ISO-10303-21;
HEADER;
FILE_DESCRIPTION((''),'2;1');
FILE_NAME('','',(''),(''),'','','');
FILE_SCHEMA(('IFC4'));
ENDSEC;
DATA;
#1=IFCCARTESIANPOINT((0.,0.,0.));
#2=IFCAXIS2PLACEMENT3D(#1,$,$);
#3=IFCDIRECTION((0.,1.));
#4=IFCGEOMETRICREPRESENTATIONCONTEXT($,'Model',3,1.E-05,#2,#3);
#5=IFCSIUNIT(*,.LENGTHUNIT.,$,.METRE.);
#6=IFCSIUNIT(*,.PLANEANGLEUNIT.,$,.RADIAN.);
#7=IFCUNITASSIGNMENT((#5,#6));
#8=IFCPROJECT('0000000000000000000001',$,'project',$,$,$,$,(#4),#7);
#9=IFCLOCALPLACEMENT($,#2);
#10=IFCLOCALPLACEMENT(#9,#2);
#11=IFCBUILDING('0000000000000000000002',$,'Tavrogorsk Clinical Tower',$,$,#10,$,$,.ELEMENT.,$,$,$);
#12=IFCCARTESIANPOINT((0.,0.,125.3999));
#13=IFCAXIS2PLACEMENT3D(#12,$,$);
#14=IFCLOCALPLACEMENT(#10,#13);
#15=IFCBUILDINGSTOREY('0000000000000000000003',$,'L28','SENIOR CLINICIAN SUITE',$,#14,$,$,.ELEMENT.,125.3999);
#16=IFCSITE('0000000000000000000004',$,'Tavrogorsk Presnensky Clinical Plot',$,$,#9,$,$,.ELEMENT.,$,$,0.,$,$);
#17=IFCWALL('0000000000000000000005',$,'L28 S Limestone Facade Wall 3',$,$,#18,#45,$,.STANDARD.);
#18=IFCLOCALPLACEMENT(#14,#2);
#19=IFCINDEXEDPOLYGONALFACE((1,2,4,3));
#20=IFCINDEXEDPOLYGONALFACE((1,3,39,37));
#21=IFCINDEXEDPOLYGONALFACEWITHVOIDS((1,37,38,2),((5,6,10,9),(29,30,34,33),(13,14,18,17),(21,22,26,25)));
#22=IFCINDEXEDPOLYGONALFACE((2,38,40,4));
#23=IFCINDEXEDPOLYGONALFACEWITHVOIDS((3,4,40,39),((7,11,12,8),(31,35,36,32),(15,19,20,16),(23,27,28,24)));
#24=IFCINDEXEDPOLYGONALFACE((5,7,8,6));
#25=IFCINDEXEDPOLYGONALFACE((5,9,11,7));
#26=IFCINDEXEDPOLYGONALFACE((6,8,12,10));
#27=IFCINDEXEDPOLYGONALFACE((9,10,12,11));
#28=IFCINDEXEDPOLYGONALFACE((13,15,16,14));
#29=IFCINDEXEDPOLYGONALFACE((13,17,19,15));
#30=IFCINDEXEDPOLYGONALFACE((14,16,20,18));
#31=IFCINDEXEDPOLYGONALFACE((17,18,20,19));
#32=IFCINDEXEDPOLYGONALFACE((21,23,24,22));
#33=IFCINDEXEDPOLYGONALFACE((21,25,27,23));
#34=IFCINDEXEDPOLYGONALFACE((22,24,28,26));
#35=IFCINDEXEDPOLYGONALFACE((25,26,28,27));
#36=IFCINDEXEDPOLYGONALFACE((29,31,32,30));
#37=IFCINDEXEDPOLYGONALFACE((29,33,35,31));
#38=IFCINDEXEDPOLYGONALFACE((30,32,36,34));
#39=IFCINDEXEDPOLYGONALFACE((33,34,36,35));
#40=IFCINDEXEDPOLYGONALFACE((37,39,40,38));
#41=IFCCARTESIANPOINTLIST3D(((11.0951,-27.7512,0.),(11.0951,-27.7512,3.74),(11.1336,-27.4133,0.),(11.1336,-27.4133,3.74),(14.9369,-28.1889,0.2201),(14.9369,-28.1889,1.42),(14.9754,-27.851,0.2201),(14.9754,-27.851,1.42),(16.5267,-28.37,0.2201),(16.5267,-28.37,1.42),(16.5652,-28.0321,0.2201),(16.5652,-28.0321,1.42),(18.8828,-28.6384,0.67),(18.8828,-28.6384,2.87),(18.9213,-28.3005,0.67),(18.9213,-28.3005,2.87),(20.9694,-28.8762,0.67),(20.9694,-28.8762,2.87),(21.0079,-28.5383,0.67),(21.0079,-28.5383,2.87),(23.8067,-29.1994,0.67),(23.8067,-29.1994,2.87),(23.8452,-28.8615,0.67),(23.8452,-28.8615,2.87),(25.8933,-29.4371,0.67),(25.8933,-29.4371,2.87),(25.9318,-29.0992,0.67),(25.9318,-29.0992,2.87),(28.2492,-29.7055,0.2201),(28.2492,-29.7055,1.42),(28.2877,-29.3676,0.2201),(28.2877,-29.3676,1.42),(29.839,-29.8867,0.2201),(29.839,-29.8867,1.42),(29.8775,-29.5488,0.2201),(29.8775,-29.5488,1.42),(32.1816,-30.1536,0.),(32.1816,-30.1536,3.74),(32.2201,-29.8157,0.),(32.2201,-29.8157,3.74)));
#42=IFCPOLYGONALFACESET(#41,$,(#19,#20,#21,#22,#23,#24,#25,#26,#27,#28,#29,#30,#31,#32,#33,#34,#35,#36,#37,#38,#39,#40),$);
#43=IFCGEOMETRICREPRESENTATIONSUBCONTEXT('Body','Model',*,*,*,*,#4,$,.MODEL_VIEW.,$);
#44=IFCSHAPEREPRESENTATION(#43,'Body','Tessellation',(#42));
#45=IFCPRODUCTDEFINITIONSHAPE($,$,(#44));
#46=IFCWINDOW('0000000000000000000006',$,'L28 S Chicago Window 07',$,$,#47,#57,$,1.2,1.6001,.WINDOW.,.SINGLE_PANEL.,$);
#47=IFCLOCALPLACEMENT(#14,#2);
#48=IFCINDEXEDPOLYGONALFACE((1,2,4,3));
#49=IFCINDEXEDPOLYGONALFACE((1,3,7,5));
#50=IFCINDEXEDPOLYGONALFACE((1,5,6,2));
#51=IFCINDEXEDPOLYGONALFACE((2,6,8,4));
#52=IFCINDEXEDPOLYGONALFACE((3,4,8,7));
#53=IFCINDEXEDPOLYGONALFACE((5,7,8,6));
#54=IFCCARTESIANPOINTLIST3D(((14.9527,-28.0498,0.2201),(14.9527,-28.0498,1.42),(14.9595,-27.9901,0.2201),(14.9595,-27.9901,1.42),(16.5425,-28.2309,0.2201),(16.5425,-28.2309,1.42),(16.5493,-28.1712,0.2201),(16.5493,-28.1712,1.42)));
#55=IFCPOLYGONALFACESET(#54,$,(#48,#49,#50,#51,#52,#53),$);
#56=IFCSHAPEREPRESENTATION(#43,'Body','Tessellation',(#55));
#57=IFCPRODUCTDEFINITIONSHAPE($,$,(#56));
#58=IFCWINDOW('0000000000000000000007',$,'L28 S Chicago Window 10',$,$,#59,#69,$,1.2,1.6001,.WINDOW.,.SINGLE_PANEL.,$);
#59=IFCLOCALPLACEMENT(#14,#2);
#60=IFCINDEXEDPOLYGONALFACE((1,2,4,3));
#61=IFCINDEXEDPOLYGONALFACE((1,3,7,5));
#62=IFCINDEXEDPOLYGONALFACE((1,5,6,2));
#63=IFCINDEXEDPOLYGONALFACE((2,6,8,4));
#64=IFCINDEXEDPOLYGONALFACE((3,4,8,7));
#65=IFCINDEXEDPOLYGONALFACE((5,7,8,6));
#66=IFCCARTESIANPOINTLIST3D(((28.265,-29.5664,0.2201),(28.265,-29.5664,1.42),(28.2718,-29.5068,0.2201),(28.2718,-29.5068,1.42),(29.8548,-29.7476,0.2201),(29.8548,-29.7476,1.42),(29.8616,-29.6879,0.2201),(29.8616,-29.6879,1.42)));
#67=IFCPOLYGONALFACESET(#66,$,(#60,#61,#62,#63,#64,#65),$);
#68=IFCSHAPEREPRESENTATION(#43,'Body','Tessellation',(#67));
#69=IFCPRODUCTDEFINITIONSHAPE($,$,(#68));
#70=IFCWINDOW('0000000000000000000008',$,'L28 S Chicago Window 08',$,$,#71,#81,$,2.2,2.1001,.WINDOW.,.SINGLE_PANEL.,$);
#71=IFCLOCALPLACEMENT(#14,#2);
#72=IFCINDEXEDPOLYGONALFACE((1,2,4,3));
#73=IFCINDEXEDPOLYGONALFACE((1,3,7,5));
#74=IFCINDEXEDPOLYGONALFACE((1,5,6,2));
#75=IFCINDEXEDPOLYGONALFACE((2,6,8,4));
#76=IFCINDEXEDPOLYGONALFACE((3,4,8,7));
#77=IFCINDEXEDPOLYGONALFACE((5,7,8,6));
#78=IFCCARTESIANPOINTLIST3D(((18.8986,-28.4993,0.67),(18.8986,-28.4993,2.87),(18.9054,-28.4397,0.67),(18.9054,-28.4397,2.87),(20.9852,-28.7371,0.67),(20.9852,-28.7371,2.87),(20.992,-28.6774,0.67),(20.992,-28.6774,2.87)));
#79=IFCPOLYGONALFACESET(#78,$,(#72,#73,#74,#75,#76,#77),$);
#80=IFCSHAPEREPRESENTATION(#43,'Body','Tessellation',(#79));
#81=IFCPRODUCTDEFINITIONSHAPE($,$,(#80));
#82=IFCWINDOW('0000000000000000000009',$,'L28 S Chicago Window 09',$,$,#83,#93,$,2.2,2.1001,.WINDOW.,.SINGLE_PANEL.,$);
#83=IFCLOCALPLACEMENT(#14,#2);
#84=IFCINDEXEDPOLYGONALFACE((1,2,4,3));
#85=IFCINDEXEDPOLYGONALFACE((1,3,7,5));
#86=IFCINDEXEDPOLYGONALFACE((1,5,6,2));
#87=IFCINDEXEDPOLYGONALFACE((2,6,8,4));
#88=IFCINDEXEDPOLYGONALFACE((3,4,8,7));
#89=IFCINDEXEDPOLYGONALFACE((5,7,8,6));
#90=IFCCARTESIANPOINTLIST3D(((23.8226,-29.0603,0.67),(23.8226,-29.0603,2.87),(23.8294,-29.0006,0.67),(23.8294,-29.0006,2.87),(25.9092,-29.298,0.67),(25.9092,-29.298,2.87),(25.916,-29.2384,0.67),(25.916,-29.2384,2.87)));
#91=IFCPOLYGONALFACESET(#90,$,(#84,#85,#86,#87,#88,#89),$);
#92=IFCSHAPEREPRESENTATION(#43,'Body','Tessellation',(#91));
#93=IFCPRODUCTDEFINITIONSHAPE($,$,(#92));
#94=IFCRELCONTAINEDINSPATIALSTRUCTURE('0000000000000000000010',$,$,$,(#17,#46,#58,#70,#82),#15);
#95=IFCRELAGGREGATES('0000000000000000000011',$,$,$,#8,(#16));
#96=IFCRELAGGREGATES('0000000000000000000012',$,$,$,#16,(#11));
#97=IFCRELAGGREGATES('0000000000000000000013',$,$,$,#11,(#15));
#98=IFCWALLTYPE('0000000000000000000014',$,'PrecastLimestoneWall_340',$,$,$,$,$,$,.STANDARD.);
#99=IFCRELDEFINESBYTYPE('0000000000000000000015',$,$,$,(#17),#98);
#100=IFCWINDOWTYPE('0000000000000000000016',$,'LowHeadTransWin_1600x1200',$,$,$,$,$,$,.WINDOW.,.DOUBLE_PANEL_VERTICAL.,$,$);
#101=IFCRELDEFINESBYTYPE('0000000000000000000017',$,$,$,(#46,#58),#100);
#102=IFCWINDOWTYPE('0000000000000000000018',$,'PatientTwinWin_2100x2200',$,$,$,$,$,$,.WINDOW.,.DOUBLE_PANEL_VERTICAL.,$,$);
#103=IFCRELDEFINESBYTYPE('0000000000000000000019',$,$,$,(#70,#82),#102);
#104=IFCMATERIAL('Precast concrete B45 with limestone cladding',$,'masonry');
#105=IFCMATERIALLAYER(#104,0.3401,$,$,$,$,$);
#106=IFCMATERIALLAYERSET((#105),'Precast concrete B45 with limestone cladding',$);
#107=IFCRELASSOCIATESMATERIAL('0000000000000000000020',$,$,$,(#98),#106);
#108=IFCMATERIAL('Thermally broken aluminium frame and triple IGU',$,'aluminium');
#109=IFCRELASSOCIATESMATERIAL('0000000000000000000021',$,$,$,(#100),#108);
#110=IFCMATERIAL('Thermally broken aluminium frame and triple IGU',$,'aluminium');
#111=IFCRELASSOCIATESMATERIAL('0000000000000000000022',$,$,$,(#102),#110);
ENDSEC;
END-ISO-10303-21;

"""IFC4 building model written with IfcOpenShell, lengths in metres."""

from ifc_helpers import new_model, si_unit, direction, frame, frame_2d, origin, place, context, subcontext, project, spatial, rectangle, extrude, material, layer, layer_set, type_object, element, fill, save


model = new_model("IFC4")

# Units and contexts
model_context = context("Model", 3, precision=1e-05, world=origin(), true_north=direction((0.0, 1.0)))
body_context = subcontext(model_context, "Body", "Model", "MODEL_VIEW")
ifc_project = project(units=[si_unit("LENGTHUNIT", "METRE"), si_unit("PLANEANGLEUNIT", "RADIAN")], contexts=[model_context])

# Site, building, storey
site_placement = place(None, origin())
site = spatial("IfcSite", under=ifc_project, at=site_placement, Name="Tavrogorsk Presnensky Clinical Plot", CompositionType="ELEMENT", RefElevation=0.0)
building_placement = place(site_placement, origin())
building = spatial("IfcBuilding", under=site, at=building_placement, Name="Tavrogorsk Clinical Tower", CompositionType="ELEMENT")
storey_placement = place(building_placement, frame((0.0, 0.0, 125.3999)))
storey = spatial("IfcBuildingStorey", under=building, at=storey_placement, Name="L28", Description="SENIOR CLINICIAN SUITE", CompositionType="ELEMENT", Elevation=125.3999)

# Wall, openings, windows
ifc_material_1 = material(Name="Precast concrete B45 with limestone cladding", Category="masonry")
ifc_layer_1 = layer(ifc_material_1, 0.3401)
ifc_layer_set_1 = layer_set([ifc_layer_1], Name="Precast concrete B45 with limestone cladding")
wall_type_1 = type_object("IfcWallType", Name="PrecastLimestoneWall_340", PredefinedType="STANDARD", material=ifc_layer_set_1)
wall_1_placement = place(storey_placement, frame((11.1145, -27.5823, 0.0), z_axis=(0.0, 0.0, 1.0), x_axis=(0.993573, -0.113196, 0.0)))
wall_1 = element("IfcWall", 1, at=wall_1_placement, inside=storey, type_object=wall_type_1, Name="L28 S Limestone Facade Wall 3", PredefinedType="STANDARD", context=body_context, shape_type="SweptSolid", body=[
    extrude(rectangle(XDim=21.2229, YDim=0.3401, at=frame_2d((10.6113, 0.0))), origin(), (0.0, 0.0, 1.0), 3.74),
])
opening_1_placement = place(wall_1_placement, frame((3.8665, 0.0, 0.22)))
opening_1 = element("IfcOpeningElement", 2, at=opening_1_placement, cuts=wall_1, PredefinedType="OPENING", context=body_context, shape_type="SweptSolid", body=[
    extrude(rectangle(XDim=1.6001, YDim=1.2, at=frame_2d((0.8, 0.6001))), frame((0.0, 0.1799, 0.0), z_axis=(0.0, -1.0, 0.0), x_axis=(1.0, 0.0, 0.0)), (0.0, 0.0, 1.0), 0.3601),
])
opening_2_placement = place(wall_1_placement, frame((7.8379, 0.0, 0.6699)))
opening_2 = element("IfcOpeningElement", 3, at=opening_2_placement, cuts=wall_1, PredefinedType="OPENING", context=body_context, shape_type="SweptSolid", body=[
    extrude(rectangle(XDim=2.1001, YDim=2.2, at=frame_2d((1.05, 1.1001))), frame((0.0, 0.1799, 0.0), z_axis=(0.0, -1.0, 0.0), x_axis=(1.0, 0.0, 0.0)), (0.0, 0.0, 1.0), 0.3601),
])
opening_3_placement = place(wall_1_placement, frame((12.7937, 0.0, 0.6699)))
opening_3 = element("IfcOpeningElement", 4, at=opening_3_placement, cuts=wall_1, PredefinedType="OPENING", context=body_context, shape_type="SweptSolid", body=[
    extrude(rectangle(XDim=2.1001, YDim=2.2, at=frame_2d((1.05, 1.1001))), frame((0.0, 0.1799, 0.0), z_axis=(0.0, -1.0, 0.0), x_axis=(1.0, 0.0, 0.0)), (0.0, 0.0, 1.0), 0.3601),
])
opening_4_placement = place(wall_1_placement, frame((17.2649, 0.0, 0.22)))
opening_4 = element("IfcOpeningElement", 5, at=opening_4_placement, cuts=wall_1, PredefinedType="OPENING", context=body_context, shape_type="SweptSolid", body=[
    extrude(rectangle(XDim=1.6001, YDim=1.2, at=frame_2d((0.8, 0.6001))), frame((0.0, 0.1799, 0.0), z_axis=(0.0, -1.0, 0.0), x_axis=(1.0, 0.0, 0.0)), (0.0, 0.0, 1.0), 0.3601),
])
ifc_material_2 = material(Name="Thermally broken aluminium frame and triple IGU", Category="aluminium")
window_type_1 = type_object("IfcWindowType", Name="LowHeadTransWin_1600x1200", PartitioningType="DOUBLE_PANEL_VERTICAL", PredefinedType="WINDOW", material=ifc_material_2)
window_1_placement = place(opening_1_placement, origin())
window_1 = element("IfcWindow", 6, at=window_1_placement, inside=storey, type_object=window_type_1, Name="L28 S Chicago Window 07", OverallHeight=1.2, OverallWidth=1.6001, PartitioningType="SINGLE_PANEL", PredefinedType="WINDOW", context=body_context, shape_type="SweptSolid", body=[
    extrude(rectangle(XDim=1.6001, YDim=1.2, at=frame_2d((0.8, 0.6001))), frame((0.0, 0.03, 0.0), z_axis=(0.0, -1.0, 0.0), x_axis=(1.0, 0.0, 0.0)), (0.0, 0.0, 1.0), 0.0601),
])
fill(opening_1, window_1)
window_2_placement = place(opening_4_placement, origin())
window_2 = element("IfcWindow", 7, at=window_2_placement, inside=storey, type_object=window_type_1, Name="L28 S Chicago Window 10", OverallHeight=1.2, OverallWidth=1.6001, PartitioningType="SINGLE_PANEL", PredefinedType="WINDOW", context=body_context, shape_type="SweptSolid", body=[
    extrude(rectangle(XDim=1.6001, YDim=1.2, at=frame_2d((0.8, 0.6001))), frame((0.0, 0.03, 0.0), z_axis=(0.0, -1.0, 0.0), x_axis=(1.0, 0.0, 0.0)), (0.0, 0.0, 1.0), 0.0601),
])
fill(opening_4, window_2)
ifc_material_3 = material(Name="Thermally broken aluminium frame and triple IGU", Category="aluminium")
window_type_2 = type_object("IfcWindowType", Name="PatientTwinWin_2100x2200", PartitioningType="DOUBLE_PANEL_VERTICAL", PredefinedType="WINDOW", material=ifc_material_3)
window_3_placement = place(opening_2_placement, origin())
window_3 = element("IfcWindow", 8, at=window_3_placement, inside=storey, type_object=window_type_2, Name="L28 S Chicago Window 08", OverallHeight=2.2, OverallWidth=2.1001, PartitioningType="SINGLE_PANEL", PredefinedType="WINDOW", context=body_context, shape_type="SweptSolid", body=[
    extrude(rectangle(XDim=2.1001, YDim=2.2, at=frame_2d((1.05, 1.1001))), frame((0.0, 0.03, 0.0), z_axis=(0.0, -1.0, 0.0), x_axis=(1.0, 0.0, 0.0)), (0.0, 0.0, 1.0), 0.0601),
])
fill(opening_2, window_3)
window_4_placement = place(opening_3_placement, origin())
window_4 = element("IfcWindow", 9, at=window_4_placement, inside=storey, type_object=window_type_2, Name="L28 S Chicago Window 09", OverallHeight=2.2, OverallWidth=2.1001, PartitioningType="SINGLE_PANEL", PredefinedType="WINDOW", context=body_context, shape_type="SweptSolid", body=[
    extrude(rectangle(XDim=2.1001, YDim=2.2, at=frame_2d((1.05, 1.1001))), frame((0.0, 0.03, 0.0), z_axis=(0.0, -1.0, 0.0), x_axis=(1.0, 0.0, 0.0)), (0.0, 0.0, 1.0), 0.0601),
])
fill(opening_3, window_4)

save(model, "model.ifc")
